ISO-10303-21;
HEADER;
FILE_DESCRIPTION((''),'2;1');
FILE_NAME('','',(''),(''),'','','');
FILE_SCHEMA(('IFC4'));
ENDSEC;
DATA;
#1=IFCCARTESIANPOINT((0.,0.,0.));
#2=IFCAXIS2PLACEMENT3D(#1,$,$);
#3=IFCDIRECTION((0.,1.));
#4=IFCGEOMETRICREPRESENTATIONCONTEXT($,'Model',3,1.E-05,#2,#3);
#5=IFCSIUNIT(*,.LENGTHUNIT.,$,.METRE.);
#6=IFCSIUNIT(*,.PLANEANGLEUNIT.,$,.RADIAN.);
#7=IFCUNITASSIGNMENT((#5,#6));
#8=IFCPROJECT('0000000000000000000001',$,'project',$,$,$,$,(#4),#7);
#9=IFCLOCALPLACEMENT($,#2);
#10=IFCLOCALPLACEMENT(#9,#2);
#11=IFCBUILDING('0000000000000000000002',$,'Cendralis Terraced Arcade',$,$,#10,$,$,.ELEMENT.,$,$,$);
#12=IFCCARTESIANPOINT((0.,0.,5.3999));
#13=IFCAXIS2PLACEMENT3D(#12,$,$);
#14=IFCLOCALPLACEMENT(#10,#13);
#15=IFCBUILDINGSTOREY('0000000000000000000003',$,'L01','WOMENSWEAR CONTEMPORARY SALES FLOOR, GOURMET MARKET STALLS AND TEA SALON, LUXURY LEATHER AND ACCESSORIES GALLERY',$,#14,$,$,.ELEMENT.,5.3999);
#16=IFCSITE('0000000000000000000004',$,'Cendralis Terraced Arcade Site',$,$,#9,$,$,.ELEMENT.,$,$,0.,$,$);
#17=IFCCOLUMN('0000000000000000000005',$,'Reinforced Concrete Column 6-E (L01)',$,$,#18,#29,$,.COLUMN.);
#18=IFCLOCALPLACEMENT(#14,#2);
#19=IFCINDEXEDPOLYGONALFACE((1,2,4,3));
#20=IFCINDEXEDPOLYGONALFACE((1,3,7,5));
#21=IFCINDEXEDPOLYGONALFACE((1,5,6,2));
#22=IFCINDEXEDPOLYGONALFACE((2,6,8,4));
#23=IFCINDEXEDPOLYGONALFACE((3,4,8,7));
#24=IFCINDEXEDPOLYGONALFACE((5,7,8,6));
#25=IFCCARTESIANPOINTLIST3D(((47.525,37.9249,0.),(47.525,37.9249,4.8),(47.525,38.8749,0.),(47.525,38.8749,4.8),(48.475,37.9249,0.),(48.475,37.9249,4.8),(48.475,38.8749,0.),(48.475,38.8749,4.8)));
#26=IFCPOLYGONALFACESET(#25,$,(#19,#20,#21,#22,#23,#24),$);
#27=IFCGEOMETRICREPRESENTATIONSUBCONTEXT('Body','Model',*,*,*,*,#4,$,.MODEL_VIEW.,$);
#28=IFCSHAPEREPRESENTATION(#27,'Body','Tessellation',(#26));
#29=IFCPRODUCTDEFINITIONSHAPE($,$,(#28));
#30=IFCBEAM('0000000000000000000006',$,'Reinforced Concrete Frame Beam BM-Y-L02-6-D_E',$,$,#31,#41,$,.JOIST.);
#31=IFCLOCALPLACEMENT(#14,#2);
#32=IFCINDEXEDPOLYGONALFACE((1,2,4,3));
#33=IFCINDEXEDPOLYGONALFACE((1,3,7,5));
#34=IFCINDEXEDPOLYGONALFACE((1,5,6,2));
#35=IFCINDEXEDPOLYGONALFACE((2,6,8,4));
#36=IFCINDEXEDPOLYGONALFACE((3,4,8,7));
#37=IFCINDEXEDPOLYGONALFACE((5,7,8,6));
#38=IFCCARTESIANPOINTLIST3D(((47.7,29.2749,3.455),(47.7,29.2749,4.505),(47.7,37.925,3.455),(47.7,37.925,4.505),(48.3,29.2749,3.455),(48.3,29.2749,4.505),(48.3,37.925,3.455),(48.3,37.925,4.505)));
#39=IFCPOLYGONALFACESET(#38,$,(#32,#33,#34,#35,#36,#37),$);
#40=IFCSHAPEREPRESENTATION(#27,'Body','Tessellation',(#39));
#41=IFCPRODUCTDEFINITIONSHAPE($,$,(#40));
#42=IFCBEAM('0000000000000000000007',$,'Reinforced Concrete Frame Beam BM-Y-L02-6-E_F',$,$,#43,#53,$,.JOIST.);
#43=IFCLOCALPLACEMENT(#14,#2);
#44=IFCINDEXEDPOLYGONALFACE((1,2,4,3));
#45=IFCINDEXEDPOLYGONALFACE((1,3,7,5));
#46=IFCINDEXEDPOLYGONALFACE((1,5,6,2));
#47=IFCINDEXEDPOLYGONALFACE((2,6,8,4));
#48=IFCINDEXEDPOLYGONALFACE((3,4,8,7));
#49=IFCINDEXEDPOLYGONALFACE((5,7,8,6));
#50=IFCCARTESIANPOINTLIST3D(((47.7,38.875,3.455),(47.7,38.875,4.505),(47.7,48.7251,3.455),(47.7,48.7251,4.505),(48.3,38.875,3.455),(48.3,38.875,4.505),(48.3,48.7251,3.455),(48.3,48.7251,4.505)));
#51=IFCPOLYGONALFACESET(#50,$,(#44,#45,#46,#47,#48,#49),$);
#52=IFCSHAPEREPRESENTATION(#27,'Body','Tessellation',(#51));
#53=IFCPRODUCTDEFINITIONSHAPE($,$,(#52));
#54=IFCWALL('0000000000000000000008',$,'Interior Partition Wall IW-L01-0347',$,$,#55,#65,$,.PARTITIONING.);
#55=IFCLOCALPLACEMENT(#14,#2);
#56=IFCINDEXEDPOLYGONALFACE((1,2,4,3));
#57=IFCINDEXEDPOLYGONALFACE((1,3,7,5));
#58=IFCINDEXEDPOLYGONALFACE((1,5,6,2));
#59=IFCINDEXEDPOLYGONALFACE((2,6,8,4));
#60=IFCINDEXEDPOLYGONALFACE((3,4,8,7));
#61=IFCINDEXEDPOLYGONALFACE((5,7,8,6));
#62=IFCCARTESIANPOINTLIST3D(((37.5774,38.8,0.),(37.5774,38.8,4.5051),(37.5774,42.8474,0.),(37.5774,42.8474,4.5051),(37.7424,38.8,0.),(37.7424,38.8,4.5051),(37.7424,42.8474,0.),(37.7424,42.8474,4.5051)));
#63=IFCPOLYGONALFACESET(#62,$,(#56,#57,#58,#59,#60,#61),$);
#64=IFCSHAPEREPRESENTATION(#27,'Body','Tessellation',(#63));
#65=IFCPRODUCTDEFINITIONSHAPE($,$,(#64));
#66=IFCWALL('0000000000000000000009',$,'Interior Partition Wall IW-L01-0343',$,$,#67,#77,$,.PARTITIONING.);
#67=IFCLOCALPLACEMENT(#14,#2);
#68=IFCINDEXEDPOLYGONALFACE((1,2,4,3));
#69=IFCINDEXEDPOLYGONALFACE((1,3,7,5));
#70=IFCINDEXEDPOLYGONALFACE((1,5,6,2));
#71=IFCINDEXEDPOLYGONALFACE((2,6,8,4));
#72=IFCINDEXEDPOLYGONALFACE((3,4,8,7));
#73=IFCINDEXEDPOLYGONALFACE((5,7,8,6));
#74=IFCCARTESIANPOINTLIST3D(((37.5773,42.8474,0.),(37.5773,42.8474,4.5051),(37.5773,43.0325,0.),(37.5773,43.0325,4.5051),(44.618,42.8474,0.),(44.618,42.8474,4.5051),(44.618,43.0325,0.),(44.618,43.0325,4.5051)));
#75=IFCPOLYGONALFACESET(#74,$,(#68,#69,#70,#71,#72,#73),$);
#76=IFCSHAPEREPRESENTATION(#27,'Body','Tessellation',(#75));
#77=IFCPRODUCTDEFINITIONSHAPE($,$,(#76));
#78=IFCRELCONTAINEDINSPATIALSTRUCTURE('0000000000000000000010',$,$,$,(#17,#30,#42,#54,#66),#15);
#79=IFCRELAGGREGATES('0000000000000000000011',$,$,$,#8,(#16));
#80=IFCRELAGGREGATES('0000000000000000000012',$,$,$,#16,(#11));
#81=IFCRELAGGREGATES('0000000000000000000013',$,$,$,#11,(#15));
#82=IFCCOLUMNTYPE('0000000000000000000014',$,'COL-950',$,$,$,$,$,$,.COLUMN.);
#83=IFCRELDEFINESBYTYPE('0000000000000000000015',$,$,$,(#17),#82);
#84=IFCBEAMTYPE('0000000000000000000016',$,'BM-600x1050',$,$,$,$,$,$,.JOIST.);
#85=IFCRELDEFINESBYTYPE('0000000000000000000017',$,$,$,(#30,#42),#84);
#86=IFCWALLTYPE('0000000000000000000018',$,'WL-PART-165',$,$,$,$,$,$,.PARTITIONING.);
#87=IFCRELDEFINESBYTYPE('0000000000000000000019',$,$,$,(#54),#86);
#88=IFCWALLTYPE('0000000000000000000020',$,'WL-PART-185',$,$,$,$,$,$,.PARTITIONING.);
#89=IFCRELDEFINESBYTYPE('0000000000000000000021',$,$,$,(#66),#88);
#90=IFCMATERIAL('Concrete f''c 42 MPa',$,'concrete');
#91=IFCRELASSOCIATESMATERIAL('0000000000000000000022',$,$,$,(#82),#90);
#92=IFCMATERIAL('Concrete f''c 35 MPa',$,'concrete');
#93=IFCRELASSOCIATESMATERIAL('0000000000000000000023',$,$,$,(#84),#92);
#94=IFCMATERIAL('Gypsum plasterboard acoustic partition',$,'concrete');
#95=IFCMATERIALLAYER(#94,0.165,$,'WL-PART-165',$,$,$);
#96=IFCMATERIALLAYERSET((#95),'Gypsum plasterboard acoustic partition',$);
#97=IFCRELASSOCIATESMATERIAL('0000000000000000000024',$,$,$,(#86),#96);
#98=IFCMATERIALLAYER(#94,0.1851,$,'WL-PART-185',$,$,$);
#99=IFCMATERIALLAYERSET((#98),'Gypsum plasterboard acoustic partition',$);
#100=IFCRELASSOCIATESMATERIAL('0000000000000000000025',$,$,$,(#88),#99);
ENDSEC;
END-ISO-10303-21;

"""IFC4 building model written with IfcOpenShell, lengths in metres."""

from ifc_helpers import new_model, si_unit, direction, frame, frame_2d, origin, origin_2d, place, context, subcontext, project, spatial, rectangle, extrude, material, layer, layer_set, material_profile, profile_set, type_object, element, save


model = new_model("IFC4")

# Units and contexts
model_context = context("Model", 3, precision=1e-05, world=origin(), true_north=direction((0.0, 1.0)))
body_context = subcontext(model_context, "Body", "Model", "MODEL_VIEW")
ifc_project = project(units=[si_unit("LENGTHUNIT", "METRE"), si_unit("PLANEANGLEUNIT", "RADIAN")], contexts=[model_context])

# Site, building, storey
site_placement = place(None, origin())
site = spatial("IfcSite", under=ifc_project, at=site_placement, Name="Cendralis Terraced Arcade Site", CompositionType="ELEMENT", RefElevation=0.0)
building_placement = place(site_placement, origin())
building = spatial("IfcBuilding", under=site, at=building_placement, Name="Cendralis Terraced Arcade", CompositionType="ELEMENT")
storey_placement = place(building_placement, frame((0.0, 0.0, 5.3999)))
storey = spatial("IfcBuildingStorey", under=building, at=storey_placement, Name="L01", Description="WOMENSWEAR CONTEMPORARY SALES FLOOR, GOURMET MARKET STALLS AND TEA SALON, LUXURY LEATHER AND ACCESSORIES GALLERY", CompositionType="ELEMENT", Elevation=5.3999)

# Column
ifc_material_1 = material(Name="Concrete f'c 42 MPa", Category="concrete")
ifc_material_profile_1 = material_profile(ifc_material_1, rectangle(XDim=0.95, YDim=0.95, at=origin_2d()), Name="RC-COL-950x950", Category="LoadBearing")
ifc_profile_set_1 = profile_set([ifc_material_profile_1], Name="Concrete f'c 42 MPa")
column_type = type_object("IfcColumnType", Name="COL-950", PredefinedType="COLUMN", material=ifc_profile_set_1)
column_placement = place(storey_placement, frame((48.0, 38.3999, 0.0), z_axis=(0.0, 0.0, 1.0), x_axis=(1.0, 0.0, 0.0)))
element("IfcColumn", 1, at=column_placement, inside=storey, type_object=column_type, Name="Reinforced Concrete Column 6-E (L01)", PredefinedType="COLUMN", context=body_context, shape_type="SweptSolid", body=[
    extrude(rectangle(XDim=0.95, YDim=0.95, at=origin_2d()), origin(), (0.0, 0.0, 1.0), 4.8),
])

# Beams
ifc_material_2 = material(Name="Concrete f'c 35 MPa", Category="concrete")
ifc_material_profile_2 = material_profile(ifc_material_2, rectangle(XDim=0.6001, YDim=1.05, at=origin_2d()), Name="RC-BM-600x1050", Category="LoadBearing")
ifc_profile_set_2 = profile_set([ifc_material_profile_2], Name="Concrete f'c 35 MPa")
beam_type = type_object("IfcBeamType", Name="BM-600x1050", PredefinedType="JOIST", material=ifc_profile_set_2)
beam_1_placement = place(storey_placement, frame((48.0, 29.2749, 3.98), z_axis=(0.0, 1.0, 0.0), x_axis=(-1.0, 0.0, 0.0)))
element("IfcBeam", 2, at=beam_1_placement, inside=storey, type_object=beam_type, Name="Reinforced Concrete Frame Beam BM-Y-L02-6-D_E", PredefinedType="JOIST", context=body_context, shape_type="SweptSolid", body=[
    extrude(rectangle(XDim=0.6001, YDim=1.05, at=origin_2d()), origin(), (0.0, 0.0, 1.0), 8.6501),
])
beam_2_placement = place(storey_placement, frame((48.0, 38.875, 3.98), z_axis=(0.0, 1.0, 0.0), x_axis=(-1.0, 0.0, 0.0)))
element("IfcBeam", 3, at=beam_2_placement, inside=storey, type_object=beam_type, Name="Reinforced Concrete Frame Beam BM-Y-L02-6-E_F", PredefinedType="JOIST", context=body_context, shape_type="SweptSolid", body=[
    extrude(rectangle(XDim=0.6001, YDim=1.05, at=origin_2d()), origin(), (0.0, 0.0, 1.0), 9.8501),
])

# Walls
ifc_material_3 = material(Name="Gypsum plasterboard acoustic partition", Category="concrete")
ifc_layer_1 = layer(ifc_material_3, 0.165, Name="WL-PART-165")
ifc_layer_set_1 = layer_set([ifc_layer_1], Name="Gypsum plasterboard acoustic partition")
wall_type_1 = type_object("IfcWallType", Name="WL-PART-165", PredefinedType="PARTITIONING", material=ifc_layer_set_1)
wall_1_placement = place(storey_placement, frame((37.6599, 42.8474, 0.0), z_axis=(0.0, 0.0, 1.0), x_axis=(0.0, -1.0, 0.0)))
element("IfcWall", 4, at=wall_1_placement, inside=storey, type_object=wall_type_1, Name="Interior Partition Wall IW-L01-0347", PredefinedType="PARTITIONING", context=body_context, shape_type="SweptSolid", body=[
    extrude(rectangle(XDim=4.0474, YDim=0.165, at=frame_2d((2.0237, 0.0))), origin(), (0.0, 0.0, 1.0), 4.5051),
])
ifc_layer_2 = layer(ifc_material_3, 0.1851, Name="WL-PART-185")
ifc_layer_set_2 = layer_set([ifc_layer_2], Name="Gypsum plasterboard acoustic partition")
wall_type_2 = type_object("IfcWallType", Name="WL-PART-185", PredefinedType="PARTITIONING", material=ifc_layer_set_2)
wall_2_placement = place(storey_placement, frame((44.6182, 42.9399, 0.0), z_axis=(0.0, 0.0, 1.0), x_axis=(-1.0, 0.0, 0.0)))
element("IfcWall", 5, at=wall_2_placement, inside=storey, type_object=wall_type_2, Name="Interior Partition Wall IW-L01-0343", PredefinedType="PARTITIONING", context=body_context, shape_type="SweptSolid", body=[
    extrude(rectangle(XDim=7.0408, YDim=0.1851, at=frame_2d((3.5205, 0.0))), origin(), (0.0, 0.0, 1.0), 4.5051),
])

save(model, "model.ifc")
